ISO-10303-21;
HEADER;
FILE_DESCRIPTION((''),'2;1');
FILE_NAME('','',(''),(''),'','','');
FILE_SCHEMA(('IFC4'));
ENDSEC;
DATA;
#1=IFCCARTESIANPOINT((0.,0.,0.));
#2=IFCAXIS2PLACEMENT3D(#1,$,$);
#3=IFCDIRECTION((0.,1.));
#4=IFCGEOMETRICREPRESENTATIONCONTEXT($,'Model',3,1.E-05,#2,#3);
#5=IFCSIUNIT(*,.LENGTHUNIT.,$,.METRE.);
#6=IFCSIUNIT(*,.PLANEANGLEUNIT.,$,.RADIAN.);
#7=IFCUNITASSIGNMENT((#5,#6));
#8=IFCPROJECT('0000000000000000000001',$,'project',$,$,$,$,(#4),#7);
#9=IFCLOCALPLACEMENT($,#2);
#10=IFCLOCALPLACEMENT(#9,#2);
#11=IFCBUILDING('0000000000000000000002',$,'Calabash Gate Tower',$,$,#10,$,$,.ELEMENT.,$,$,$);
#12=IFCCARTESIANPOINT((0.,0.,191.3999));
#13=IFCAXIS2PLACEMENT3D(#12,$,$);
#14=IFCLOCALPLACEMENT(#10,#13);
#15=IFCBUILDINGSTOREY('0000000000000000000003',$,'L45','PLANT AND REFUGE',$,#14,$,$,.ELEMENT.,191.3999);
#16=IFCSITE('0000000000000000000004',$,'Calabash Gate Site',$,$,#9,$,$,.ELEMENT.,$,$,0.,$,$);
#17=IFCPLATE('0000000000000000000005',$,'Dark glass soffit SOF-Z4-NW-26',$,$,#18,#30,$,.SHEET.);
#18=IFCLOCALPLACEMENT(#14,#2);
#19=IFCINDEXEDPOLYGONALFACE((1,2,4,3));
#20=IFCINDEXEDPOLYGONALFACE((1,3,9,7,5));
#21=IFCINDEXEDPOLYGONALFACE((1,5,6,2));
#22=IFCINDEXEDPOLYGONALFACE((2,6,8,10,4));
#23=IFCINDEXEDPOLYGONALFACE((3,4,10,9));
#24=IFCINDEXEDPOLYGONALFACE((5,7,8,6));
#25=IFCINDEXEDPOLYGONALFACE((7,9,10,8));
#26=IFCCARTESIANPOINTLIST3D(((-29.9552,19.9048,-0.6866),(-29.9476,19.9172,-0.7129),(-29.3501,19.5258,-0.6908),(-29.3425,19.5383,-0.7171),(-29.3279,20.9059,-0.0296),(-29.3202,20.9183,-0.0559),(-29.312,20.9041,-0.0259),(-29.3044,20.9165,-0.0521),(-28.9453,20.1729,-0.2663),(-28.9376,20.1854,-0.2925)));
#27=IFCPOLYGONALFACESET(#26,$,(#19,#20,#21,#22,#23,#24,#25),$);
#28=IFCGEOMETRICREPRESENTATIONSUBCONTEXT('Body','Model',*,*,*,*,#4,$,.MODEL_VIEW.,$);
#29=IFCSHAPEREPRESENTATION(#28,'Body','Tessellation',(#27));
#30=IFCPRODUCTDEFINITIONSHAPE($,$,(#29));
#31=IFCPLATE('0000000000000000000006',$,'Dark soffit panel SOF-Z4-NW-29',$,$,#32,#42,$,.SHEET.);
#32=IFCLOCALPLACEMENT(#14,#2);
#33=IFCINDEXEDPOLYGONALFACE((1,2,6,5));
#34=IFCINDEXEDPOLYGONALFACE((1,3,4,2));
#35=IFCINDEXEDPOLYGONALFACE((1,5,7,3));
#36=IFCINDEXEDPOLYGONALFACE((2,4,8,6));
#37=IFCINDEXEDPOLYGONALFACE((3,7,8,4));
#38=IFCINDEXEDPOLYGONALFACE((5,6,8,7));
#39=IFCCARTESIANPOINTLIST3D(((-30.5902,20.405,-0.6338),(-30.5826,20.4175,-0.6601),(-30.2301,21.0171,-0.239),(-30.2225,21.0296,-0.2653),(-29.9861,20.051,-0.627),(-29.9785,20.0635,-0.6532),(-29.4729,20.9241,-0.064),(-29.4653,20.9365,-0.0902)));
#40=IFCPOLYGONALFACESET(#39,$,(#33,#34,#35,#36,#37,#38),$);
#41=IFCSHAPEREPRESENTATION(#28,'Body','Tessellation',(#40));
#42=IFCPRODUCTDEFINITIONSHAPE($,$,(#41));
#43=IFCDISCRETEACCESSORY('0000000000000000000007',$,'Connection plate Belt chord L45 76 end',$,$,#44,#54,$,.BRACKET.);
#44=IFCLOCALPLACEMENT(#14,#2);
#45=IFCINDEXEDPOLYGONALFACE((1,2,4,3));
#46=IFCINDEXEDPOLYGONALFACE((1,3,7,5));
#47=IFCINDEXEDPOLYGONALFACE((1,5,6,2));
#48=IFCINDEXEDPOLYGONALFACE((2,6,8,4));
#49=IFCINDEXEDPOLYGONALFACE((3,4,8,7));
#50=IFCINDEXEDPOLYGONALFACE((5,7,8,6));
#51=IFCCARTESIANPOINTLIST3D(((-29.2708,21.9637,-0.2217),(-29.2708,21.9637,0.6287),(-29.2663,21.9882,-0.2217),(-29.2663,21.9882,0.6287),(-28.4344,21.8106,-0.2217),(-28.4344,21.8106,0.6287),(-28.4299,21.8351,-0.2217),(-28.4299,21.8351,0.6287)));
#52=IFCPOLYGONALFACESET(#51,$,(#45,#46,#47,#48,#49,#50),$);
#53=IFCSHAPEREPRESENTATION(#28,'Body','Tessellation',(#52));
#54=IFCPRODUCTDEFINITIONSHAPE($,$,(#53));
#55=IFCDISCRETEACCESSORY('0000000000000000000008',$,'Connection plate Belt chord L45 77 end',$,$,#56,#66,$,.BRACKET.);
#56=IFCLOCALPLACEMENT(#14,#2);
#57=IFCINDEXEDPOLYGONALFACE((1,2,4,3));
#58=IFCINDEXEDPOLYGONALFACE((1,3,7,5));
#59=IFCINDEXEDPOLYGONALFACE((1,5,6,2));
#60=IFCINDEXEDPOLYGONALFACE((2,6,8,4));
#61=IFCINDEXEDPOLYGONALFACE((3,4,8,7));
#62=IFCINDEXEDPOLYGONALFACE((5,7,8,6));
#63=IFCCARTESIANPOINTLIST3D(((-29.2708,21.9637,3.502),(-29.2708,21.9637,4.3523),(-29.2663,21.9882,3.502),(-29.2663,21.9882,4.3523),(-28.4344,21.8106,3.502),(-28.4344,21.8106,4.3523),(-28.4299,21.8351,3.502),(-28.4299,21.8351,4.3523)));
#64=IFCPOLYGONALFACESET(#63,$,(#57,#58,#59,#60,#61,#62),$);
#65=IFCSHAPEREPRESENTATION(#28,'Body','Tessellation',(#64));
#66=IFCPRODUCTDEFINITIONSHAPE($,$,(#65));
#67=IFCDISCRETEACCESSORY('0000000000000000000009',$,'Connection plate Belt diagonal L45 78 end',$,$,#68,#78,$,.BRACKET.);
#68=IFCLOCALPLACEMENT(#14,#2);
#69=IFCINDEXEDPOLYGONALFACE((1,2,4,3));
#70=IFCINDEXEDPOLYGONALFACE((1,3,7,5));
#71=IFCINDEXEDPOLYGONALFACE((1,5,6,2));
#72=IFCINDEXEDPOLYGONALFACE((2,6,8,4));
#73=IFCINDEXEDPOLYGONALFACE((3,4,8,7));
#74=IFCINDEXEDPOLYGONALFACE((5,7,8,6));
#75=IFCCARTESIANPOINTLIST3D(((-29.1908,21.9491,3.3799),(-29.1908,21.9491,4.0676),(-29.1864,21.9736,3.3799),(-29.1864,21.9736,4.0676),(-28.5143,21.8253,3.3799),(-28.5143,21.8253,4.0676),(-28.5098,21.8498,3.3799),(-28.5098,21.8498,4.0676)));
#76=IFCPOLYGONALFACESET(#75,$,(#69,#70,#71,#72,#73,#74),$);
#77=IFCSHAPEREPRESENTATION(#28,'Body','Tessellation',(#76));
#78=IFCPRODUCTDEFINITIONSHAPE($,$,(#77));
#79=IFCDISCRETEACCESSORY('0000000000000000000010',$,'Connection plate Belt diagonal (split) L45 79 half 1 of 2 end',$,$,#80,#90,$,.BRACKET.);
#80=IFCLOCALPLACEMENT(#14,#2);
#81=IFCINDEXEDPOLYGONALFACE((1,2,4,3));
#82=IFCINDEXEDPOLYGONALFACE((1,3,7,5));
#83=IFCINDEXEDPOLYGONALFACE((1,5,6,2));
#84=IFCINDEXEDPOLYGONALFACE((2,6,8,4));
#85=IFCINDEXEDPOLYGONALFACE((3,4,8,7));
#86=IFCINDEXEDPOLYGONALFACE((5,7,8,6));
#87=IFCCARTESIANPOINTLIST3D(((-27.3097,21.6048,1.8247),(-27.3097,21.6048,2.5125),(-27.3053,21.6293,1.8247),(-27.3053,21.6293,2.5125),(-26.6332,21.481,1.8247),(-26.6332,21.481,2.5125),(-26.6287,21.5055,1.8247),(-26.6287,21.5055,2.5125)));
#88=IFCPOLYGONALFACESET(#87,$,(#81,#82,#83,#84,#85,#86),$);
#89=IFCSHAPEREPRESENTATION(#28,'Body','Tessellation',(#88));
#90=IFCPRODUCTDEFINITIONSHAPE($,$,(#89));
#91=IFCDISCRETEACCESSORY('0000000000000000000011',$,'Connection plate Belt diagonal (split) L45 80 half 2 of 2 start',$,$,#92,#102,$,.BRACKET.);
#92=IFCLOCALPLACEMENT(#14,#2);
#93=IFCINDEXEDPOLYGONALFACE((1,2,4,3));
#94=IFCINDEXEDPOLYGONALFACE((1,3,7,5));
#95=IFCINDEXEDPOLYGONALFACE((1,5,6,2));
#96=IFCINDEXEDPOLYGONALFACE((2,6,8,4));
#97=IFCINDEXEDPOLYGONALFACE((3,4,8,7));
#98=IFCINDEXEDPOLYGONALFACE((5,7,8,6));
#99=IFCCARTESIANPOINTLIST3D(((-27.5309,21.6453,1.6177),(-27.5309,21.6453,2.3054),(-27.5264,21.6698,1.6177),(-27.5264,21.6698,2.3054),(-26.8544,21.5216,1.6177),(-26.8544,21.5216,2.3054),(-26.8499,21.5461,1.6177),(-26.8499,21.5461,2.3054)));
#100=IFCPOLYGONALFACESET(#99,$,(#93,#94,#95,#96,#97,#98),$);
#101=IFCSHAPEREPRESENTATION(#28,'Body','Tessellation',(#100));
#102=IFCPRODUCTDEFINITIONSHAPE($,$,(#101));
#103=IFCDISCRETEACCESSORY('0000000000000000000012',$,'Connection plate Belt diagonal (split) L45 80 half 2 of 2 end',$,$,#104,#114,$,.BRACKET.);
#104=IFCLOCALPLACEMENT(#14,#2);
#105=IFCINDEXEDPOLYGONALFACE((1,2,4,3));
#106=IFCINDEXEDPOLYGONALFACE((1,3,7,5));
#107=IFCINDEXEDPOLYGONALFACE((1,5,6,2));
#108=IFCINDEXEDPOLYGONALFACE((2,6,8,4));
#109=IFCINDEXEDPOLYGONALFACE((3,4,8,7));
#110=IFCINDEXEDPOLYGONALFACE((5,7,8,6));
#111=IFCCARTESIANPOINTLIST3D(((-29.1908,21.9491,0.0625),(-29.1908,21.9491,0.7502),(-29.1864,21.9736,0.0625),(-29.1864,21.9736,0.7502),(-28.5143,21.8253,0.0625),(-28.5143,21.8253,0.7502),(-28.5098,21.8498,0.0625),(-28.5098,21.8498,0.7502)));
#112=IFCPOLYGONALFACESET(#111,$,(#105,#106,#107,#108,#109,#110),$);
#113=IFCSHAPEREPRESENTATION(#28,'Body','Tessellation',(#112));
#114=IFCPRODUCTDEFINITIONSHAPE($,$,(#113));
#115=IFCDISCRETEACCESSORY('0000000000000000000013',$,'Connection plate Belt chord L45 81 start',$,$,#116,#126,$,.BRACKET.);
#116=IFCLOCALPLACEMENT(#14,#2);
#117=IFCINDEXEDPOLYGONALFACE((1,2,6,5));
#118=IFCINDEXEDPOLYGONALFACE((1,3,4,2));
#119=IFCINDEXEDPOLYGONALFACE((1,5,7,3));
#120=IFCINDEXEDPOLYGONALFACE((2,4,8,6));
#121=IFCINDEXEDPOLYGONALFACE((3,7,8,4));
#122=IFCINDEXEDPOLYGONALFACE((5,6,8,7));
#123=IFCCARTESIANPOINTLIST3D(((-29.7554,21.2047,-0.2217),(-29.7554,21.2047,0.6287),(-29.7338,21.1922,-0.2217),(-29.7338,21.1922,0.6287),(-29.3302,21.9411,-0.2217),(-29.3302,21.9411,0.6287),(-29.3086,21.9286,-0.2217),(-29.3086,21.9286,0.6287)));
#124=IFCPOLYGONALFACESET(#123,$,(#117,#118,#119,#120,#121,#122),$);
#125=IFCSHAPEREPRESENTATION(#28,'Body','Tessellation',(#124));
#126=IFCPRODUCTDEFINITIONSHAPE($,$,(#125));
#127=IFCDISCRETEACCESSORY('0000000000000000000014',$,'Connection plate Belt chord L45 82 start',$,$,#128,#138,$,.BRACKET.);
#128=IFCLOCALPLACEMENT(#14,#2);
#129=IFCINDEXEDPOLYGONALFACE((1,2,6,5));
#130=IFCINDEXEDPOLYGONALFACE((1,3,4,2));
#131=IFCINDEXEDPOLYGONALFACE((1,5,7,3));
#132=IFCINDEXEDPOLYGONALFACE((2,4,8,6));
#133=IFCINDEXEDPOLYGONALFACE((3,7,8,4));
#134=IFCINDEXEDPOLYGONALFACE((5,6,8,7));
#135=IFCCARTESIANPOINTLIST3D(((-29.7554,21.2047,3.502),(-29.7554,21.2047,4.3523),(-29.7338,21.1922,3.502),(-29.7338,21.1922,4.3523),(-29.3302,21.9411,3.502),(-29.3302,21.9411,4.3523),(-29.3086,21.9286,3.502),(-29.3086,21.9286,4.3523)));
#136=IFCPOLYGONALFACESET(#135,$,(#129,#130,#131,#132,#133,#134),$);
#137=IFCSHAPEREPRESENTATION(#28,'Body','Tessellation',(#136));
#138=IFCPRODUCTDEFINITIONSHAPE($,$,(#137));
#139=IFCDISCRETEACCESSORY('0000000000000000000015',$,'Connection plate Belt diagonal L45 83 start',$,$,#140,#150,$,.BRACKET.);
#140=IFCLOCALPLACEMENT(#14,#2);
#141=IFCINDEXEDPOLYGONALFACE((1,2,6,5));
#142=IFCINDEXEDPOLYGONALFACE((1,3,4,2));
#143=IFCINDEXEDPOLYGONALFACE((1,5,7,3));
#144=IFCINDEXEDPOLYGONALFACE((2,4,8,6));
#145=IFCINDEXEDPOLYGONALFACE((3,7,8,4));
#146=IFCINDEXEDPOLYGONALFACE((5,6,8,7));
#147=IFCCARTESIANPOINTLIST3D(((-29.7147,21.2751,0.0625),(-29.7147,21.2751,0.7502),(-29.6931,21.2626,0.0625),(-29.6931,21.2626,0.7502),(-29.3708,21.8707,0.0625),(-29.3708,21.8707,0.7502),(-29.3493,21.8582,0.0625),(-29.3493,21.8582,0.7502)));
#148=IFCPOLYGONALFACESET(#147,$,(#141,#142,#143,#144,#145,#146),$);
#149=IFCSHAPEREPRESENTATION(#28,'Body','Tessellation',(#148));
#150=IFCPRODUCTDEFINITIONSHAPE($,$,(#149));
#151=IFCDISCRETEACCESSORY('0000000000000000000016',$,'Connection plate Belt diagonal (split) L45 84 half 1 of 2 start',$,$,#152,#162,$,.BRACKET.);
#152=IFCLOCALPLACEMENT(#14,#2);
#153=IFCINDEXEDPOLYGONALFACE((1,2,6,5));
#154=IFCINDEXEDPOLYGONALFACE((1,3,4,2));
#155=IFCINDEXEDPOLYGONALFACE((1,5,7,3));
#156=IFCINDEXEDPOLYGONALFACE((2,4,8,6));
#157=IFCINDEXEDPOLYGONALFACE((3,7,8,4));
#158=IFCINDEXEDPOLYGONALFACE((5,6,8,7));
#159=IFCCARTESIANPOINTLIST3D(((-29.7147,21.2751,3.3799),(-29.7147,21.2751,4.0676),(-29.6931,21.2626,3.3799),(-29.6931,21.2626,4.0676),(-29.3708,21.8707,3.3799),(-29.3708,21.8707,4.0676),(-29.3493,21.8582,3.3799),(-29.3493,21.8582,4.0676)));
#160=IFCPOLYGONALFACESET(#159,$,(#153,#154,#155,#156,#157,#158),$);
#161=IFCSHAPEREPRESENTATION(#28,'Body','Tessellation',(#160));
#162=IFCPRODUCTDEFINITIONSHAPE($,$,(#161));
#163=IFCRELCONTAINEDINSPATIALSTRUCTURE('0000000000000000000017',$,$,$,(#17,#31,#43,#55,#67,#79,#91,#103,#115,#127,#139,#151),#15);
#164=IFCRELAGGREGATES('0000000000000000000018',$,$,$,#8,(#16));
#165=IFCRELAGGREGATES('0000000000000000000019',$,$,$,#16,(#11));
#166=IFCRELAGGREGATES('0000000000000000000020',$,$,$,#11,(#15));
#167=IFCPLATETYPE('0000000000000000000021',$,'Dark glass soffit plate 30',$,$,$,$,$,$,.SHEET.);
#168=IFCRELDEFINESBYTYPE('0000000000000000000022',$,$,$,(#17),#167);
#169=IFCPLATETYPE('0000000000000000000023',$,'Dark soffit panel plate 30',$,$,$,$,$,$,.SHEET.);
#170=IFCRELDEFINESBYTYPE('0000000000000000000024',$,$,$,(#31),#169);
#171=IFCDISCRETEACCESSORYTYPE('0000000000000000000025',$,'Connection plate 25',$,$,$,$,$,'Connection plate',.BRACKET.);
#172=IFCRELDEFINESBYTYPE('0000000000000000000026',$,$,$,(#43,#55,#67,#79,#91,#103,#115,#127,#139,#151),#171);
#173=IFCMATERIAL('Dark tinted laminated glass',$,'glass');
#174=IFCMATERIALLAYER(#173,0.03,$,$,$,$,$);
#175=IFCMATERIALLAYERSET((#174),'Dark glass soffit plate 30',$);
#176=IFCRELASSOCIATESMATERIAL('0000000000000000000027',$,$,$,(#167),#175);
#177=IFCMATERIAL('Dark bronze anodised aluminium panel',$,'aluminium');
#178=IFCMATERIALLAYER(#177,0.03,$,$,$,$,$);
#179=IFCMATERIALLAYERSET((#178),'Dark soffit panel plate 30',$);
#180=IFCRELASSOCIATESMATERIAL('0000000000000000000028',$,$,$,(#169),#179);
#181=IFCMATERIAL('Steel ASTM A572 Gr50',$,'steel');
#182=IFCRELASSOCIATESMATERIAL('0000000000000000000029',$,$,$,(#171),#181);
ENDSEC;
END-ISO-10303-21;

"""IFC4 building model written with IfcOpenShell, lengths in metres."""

from ifc_helpers import new_model, si_unit, direction, frame, origin, origin_2d, place, context, subcontext, project, spatial, polyline, rectangle, outline, extrude, material, layer, layer_set, type_object, element, save


model = new_model("IFC4")

# Units and contexts
model_context = context("Model", 3, precision=1e-05, world=origin(), true_north=direction((0.0, 1.0)))
body_context = subcontext(model_context, "Body", "Model", "MODEL_VIEW")
ifc_project = project(units=[si_unit("LENGTHUNIT", "METRE"), si_unit("PLANEANGLEUNIT", "RADIAN")], contexts=[model_context])

# Site, building, storey
site_placement = place(None, origin())
site = spatial("IfcSite", under=ifc_project, at=site_placement, Name="Calabash Gate Site", CompositionType="ELEMENT", RefElevation=0.0)
building_placement = place(site_placement, origin())
building = spatial("IfcBuilding", under=site, at=building_placement, Name="Calabash Gate Tower", CompositionType="ELEMENT")
storey_placement = place(building_placement, frame((0.0, 0.0, 191.3999)))
storey = spatial("IfcBuildingStorey", under=building, at=storey_placement, Name="L45", Description="PLANT AND REFUGE", CompositionType="ELEMENT", Elevation=191.3999)

# Plates
ifc_material_1 = material(Name="Dark tinted laminated glass", Category="glass")
ifc_layer_1 = layer(ifc_material_1, 0.03)
ifc_layer_set_1 = layer_set([ifc_layer_1], Name="Dark glass soffit plate 30")
plate_type_1 = type_object("IfcPlateType", Name="Dark glass soffit plate 30", PredefinedType="SHEET", material=ifc_layer_set_1)
plate_1_placement = place(storey_placement, frame((-29.312, 20.9041, -0.0259), z_axis=(-0.253633, -0.414624, 0.873932), x_axis=(0.430183, -0.857562, -0.28201)))
element("IfcPlate", 1, at=plate_1_placement, inside=storey, type_object=plate_type_1, Name="Dark glass soffit SOF-Z4-NW-26", PredefinedType="SHEET", context=body_context, shape_type="SweptSolid", body=[
    extrude(outline(polyline([(0.0, 0.0), (0.8525, 0.0), (1.353, -0.7158), (0.7666, -1.123), (-0.0073, -0.0146), (0.0, 0.0)])), origin(), (0.0, 0.0, -1.0), 0.03),
])
ifc_material_2 = material(Name="Dark bronze anodised aluminium panel", Category="aluminium")
ifc_layer_2 = layer(ifc_material_2, 0.03)
ifc_layer_set_2 = layer_set([ifc_layer_2], Name="Dark soffit panel plate 30")
plate_type_2 = type_object("IfcPlateType", Name="Dark soffit panel plate 30", PredefinedType="SHEET", material=ifc_layer_set_2)
plate_2_placement = place(storey_placement, frame((-29.4729, 20.9241, -0.064), z_axis=(-0.253044, -0.414852, 0.873995), x_axis=(-0.442907, -0.75349, -0.485886)))
element("IfcPlate", 2, at=plate_2_placement, inside=storey, type_object=plate_type_2, Name="Dark soffit panel SOF-Z4-NW-29", PredefinedType="SHEET", context=body_context, shape_type="SweptSolid", body=[
    extrude(outline(polyline([(0.0, 0.0), (1.1587, 0.0), (1.1628, -0.7002), (0.3503, -0.7), (0.0, 0.0)])), origin(), (0.0, 0.0, -1.0), 0.03),
])

# Discrete accessories
ifc_material_3 = material(Name="Steel ASTM A572 Gr50", Category="steel")
discrete_accessory_type = type_object("IfcDiscreteAccessoryType", Name="Connection plate 25", ElementType="Connection plate", PredefinedType="BRACKET", material=ifc_material_3)
for number, where, z_axis, x_axis, name in (
    (3, (-28.8503, 21.8994, -0.2217), (0.0, 0.0, 1.0), (-0.98367, 0.179982, 0.0), "Connection plate Belt chord L45 76 end"),
    (4, (-28.8503, 21.8994, 3.502), (0.0, 0.0, 1.0), (-0.98367, 0.179982, 0.0), "Connection plate Belt chord L45 77 end"),
):
    element("IfcDiscreteAccessory", number, at=place(storey_placement, frame(where, z_axis=z_axis, x_axis=x_axis)), inside=storey, type_object=discrete_accessory_type, Name=name, PredefinedType="BRACKET", context=body_context, shape_type="SweptSolid", body=[
        extrude(rectangle(XDim=0.8503, YDim=0.0249, at=origin_2d()), origin(), (0.0, 0.0, 1.0), 0.8503),
    ])
for number, where, z_axis, x_axis, name in (
    (5, (-28.8503, 21.8994, 3.3799), (0.0, 0.0, 1.0), (-0.98367, 0.179982, 0.0), "Connection plate Belt diagonal L45 78 end"),
    (6, (-26.9692, 21.5552, 1.8247), (0.0, 0.0, 1.0), (-0.98367, 0.179982, 0.0), "Connection plate Belt diagonal (split) L45 79 half 1 of 2 end"),
    (7, (-27.1904, 21.5957, 1.6177), (0.0, 0.0, 1.0), (-0.98367, 0.179982, 0.0), "Connection plate Belt diagonal (split) L45 80 half 2 of 2 start"),
    (8, (-28.8503, 21.8994, 0.0625), (0.0, 0.0, 1.0), (-0.98367, 0.179982, 0.0), "Connection plate Belt diagonal (split) L45 80 half 2 of 2 end"),
):
    element("IfcDiscreteAccessory", number, at=place(storey_placement, frame(where, z_axis=z_axis, x_axis=x_axis)), inside=storey, type_object=discrete_accessory_type, Name=name, PredefinedType="BRACKET", context=body_context, shape_type="SweptSolid", body=[
        extrude(rectangle(XDim=0.6877, YDim=0.0249, at=origin_2d()), origin(), (0.0, 0.0, 1.0), 0.6877),
    ])
for number, where, z_axis, x_axis, name in (
    (9, (-29.532, 21.5667, -0.2217), (0.0, 0.0, 1.0), (-0.5, -0.866025, 0.0), "Connection plate Belt chord L45 81 start"),
    (10, (-29.532, 21.5667, 3.502), (0.0, 0.0, 1.0), (-0.5, -0.866025, 0.0), "Connection plate Belt chord L45 82 start"),
):
    element("IfcDiscreteAccessory", number, at=place(storey_placement, frame(where, z_axis=z_axis, x_axis=x_axis)), inside=storey, type_object=discrete_accessory_type, Name=name, PredefinedType="BRACKET", context=body_context, shape_type="SweptSolid", body=[
        extrude(rectangle(XDim=0.8503, YDim=0.0249, at=origin_2d()), origin(), (0.0, 0.0, 1.0), 0.8503),
    ])
for number, where, z_axis, x_axis, name in (
    (11, (-29.532, 21.5667, 0.0625), (0.0, 0.0, 1.0), (-0.5, -0.866025, 0.0), "Connection plate Belt diagonal L45 83 start"),
    (12, (-29.532, 21.5667, 3.3799), (0.0, 0.0, 1.0), (-0.5, -0.866025, 0.0), "Connection plate Belt diagonal (split) L45 84 half 1 of 2 start"),
):
    element("IfcDiscreteAccessory", number, at=place(storey_placement, frame(where, z_axis=z_axis, x_axis=x_axis)), inside=storey, type_object=discrete_accessory_type, Name=name, PredefinedType="BRACKET", context=body_context, shape_type="SweptSolid", body=[
        extrude(rectangle(XDim=0.6877, YDim=0.0249, at=origin_2d()), origin(), (0.0, 0.0, 1.0), 0.6877),
    ])

save(model, "model.ifc")
